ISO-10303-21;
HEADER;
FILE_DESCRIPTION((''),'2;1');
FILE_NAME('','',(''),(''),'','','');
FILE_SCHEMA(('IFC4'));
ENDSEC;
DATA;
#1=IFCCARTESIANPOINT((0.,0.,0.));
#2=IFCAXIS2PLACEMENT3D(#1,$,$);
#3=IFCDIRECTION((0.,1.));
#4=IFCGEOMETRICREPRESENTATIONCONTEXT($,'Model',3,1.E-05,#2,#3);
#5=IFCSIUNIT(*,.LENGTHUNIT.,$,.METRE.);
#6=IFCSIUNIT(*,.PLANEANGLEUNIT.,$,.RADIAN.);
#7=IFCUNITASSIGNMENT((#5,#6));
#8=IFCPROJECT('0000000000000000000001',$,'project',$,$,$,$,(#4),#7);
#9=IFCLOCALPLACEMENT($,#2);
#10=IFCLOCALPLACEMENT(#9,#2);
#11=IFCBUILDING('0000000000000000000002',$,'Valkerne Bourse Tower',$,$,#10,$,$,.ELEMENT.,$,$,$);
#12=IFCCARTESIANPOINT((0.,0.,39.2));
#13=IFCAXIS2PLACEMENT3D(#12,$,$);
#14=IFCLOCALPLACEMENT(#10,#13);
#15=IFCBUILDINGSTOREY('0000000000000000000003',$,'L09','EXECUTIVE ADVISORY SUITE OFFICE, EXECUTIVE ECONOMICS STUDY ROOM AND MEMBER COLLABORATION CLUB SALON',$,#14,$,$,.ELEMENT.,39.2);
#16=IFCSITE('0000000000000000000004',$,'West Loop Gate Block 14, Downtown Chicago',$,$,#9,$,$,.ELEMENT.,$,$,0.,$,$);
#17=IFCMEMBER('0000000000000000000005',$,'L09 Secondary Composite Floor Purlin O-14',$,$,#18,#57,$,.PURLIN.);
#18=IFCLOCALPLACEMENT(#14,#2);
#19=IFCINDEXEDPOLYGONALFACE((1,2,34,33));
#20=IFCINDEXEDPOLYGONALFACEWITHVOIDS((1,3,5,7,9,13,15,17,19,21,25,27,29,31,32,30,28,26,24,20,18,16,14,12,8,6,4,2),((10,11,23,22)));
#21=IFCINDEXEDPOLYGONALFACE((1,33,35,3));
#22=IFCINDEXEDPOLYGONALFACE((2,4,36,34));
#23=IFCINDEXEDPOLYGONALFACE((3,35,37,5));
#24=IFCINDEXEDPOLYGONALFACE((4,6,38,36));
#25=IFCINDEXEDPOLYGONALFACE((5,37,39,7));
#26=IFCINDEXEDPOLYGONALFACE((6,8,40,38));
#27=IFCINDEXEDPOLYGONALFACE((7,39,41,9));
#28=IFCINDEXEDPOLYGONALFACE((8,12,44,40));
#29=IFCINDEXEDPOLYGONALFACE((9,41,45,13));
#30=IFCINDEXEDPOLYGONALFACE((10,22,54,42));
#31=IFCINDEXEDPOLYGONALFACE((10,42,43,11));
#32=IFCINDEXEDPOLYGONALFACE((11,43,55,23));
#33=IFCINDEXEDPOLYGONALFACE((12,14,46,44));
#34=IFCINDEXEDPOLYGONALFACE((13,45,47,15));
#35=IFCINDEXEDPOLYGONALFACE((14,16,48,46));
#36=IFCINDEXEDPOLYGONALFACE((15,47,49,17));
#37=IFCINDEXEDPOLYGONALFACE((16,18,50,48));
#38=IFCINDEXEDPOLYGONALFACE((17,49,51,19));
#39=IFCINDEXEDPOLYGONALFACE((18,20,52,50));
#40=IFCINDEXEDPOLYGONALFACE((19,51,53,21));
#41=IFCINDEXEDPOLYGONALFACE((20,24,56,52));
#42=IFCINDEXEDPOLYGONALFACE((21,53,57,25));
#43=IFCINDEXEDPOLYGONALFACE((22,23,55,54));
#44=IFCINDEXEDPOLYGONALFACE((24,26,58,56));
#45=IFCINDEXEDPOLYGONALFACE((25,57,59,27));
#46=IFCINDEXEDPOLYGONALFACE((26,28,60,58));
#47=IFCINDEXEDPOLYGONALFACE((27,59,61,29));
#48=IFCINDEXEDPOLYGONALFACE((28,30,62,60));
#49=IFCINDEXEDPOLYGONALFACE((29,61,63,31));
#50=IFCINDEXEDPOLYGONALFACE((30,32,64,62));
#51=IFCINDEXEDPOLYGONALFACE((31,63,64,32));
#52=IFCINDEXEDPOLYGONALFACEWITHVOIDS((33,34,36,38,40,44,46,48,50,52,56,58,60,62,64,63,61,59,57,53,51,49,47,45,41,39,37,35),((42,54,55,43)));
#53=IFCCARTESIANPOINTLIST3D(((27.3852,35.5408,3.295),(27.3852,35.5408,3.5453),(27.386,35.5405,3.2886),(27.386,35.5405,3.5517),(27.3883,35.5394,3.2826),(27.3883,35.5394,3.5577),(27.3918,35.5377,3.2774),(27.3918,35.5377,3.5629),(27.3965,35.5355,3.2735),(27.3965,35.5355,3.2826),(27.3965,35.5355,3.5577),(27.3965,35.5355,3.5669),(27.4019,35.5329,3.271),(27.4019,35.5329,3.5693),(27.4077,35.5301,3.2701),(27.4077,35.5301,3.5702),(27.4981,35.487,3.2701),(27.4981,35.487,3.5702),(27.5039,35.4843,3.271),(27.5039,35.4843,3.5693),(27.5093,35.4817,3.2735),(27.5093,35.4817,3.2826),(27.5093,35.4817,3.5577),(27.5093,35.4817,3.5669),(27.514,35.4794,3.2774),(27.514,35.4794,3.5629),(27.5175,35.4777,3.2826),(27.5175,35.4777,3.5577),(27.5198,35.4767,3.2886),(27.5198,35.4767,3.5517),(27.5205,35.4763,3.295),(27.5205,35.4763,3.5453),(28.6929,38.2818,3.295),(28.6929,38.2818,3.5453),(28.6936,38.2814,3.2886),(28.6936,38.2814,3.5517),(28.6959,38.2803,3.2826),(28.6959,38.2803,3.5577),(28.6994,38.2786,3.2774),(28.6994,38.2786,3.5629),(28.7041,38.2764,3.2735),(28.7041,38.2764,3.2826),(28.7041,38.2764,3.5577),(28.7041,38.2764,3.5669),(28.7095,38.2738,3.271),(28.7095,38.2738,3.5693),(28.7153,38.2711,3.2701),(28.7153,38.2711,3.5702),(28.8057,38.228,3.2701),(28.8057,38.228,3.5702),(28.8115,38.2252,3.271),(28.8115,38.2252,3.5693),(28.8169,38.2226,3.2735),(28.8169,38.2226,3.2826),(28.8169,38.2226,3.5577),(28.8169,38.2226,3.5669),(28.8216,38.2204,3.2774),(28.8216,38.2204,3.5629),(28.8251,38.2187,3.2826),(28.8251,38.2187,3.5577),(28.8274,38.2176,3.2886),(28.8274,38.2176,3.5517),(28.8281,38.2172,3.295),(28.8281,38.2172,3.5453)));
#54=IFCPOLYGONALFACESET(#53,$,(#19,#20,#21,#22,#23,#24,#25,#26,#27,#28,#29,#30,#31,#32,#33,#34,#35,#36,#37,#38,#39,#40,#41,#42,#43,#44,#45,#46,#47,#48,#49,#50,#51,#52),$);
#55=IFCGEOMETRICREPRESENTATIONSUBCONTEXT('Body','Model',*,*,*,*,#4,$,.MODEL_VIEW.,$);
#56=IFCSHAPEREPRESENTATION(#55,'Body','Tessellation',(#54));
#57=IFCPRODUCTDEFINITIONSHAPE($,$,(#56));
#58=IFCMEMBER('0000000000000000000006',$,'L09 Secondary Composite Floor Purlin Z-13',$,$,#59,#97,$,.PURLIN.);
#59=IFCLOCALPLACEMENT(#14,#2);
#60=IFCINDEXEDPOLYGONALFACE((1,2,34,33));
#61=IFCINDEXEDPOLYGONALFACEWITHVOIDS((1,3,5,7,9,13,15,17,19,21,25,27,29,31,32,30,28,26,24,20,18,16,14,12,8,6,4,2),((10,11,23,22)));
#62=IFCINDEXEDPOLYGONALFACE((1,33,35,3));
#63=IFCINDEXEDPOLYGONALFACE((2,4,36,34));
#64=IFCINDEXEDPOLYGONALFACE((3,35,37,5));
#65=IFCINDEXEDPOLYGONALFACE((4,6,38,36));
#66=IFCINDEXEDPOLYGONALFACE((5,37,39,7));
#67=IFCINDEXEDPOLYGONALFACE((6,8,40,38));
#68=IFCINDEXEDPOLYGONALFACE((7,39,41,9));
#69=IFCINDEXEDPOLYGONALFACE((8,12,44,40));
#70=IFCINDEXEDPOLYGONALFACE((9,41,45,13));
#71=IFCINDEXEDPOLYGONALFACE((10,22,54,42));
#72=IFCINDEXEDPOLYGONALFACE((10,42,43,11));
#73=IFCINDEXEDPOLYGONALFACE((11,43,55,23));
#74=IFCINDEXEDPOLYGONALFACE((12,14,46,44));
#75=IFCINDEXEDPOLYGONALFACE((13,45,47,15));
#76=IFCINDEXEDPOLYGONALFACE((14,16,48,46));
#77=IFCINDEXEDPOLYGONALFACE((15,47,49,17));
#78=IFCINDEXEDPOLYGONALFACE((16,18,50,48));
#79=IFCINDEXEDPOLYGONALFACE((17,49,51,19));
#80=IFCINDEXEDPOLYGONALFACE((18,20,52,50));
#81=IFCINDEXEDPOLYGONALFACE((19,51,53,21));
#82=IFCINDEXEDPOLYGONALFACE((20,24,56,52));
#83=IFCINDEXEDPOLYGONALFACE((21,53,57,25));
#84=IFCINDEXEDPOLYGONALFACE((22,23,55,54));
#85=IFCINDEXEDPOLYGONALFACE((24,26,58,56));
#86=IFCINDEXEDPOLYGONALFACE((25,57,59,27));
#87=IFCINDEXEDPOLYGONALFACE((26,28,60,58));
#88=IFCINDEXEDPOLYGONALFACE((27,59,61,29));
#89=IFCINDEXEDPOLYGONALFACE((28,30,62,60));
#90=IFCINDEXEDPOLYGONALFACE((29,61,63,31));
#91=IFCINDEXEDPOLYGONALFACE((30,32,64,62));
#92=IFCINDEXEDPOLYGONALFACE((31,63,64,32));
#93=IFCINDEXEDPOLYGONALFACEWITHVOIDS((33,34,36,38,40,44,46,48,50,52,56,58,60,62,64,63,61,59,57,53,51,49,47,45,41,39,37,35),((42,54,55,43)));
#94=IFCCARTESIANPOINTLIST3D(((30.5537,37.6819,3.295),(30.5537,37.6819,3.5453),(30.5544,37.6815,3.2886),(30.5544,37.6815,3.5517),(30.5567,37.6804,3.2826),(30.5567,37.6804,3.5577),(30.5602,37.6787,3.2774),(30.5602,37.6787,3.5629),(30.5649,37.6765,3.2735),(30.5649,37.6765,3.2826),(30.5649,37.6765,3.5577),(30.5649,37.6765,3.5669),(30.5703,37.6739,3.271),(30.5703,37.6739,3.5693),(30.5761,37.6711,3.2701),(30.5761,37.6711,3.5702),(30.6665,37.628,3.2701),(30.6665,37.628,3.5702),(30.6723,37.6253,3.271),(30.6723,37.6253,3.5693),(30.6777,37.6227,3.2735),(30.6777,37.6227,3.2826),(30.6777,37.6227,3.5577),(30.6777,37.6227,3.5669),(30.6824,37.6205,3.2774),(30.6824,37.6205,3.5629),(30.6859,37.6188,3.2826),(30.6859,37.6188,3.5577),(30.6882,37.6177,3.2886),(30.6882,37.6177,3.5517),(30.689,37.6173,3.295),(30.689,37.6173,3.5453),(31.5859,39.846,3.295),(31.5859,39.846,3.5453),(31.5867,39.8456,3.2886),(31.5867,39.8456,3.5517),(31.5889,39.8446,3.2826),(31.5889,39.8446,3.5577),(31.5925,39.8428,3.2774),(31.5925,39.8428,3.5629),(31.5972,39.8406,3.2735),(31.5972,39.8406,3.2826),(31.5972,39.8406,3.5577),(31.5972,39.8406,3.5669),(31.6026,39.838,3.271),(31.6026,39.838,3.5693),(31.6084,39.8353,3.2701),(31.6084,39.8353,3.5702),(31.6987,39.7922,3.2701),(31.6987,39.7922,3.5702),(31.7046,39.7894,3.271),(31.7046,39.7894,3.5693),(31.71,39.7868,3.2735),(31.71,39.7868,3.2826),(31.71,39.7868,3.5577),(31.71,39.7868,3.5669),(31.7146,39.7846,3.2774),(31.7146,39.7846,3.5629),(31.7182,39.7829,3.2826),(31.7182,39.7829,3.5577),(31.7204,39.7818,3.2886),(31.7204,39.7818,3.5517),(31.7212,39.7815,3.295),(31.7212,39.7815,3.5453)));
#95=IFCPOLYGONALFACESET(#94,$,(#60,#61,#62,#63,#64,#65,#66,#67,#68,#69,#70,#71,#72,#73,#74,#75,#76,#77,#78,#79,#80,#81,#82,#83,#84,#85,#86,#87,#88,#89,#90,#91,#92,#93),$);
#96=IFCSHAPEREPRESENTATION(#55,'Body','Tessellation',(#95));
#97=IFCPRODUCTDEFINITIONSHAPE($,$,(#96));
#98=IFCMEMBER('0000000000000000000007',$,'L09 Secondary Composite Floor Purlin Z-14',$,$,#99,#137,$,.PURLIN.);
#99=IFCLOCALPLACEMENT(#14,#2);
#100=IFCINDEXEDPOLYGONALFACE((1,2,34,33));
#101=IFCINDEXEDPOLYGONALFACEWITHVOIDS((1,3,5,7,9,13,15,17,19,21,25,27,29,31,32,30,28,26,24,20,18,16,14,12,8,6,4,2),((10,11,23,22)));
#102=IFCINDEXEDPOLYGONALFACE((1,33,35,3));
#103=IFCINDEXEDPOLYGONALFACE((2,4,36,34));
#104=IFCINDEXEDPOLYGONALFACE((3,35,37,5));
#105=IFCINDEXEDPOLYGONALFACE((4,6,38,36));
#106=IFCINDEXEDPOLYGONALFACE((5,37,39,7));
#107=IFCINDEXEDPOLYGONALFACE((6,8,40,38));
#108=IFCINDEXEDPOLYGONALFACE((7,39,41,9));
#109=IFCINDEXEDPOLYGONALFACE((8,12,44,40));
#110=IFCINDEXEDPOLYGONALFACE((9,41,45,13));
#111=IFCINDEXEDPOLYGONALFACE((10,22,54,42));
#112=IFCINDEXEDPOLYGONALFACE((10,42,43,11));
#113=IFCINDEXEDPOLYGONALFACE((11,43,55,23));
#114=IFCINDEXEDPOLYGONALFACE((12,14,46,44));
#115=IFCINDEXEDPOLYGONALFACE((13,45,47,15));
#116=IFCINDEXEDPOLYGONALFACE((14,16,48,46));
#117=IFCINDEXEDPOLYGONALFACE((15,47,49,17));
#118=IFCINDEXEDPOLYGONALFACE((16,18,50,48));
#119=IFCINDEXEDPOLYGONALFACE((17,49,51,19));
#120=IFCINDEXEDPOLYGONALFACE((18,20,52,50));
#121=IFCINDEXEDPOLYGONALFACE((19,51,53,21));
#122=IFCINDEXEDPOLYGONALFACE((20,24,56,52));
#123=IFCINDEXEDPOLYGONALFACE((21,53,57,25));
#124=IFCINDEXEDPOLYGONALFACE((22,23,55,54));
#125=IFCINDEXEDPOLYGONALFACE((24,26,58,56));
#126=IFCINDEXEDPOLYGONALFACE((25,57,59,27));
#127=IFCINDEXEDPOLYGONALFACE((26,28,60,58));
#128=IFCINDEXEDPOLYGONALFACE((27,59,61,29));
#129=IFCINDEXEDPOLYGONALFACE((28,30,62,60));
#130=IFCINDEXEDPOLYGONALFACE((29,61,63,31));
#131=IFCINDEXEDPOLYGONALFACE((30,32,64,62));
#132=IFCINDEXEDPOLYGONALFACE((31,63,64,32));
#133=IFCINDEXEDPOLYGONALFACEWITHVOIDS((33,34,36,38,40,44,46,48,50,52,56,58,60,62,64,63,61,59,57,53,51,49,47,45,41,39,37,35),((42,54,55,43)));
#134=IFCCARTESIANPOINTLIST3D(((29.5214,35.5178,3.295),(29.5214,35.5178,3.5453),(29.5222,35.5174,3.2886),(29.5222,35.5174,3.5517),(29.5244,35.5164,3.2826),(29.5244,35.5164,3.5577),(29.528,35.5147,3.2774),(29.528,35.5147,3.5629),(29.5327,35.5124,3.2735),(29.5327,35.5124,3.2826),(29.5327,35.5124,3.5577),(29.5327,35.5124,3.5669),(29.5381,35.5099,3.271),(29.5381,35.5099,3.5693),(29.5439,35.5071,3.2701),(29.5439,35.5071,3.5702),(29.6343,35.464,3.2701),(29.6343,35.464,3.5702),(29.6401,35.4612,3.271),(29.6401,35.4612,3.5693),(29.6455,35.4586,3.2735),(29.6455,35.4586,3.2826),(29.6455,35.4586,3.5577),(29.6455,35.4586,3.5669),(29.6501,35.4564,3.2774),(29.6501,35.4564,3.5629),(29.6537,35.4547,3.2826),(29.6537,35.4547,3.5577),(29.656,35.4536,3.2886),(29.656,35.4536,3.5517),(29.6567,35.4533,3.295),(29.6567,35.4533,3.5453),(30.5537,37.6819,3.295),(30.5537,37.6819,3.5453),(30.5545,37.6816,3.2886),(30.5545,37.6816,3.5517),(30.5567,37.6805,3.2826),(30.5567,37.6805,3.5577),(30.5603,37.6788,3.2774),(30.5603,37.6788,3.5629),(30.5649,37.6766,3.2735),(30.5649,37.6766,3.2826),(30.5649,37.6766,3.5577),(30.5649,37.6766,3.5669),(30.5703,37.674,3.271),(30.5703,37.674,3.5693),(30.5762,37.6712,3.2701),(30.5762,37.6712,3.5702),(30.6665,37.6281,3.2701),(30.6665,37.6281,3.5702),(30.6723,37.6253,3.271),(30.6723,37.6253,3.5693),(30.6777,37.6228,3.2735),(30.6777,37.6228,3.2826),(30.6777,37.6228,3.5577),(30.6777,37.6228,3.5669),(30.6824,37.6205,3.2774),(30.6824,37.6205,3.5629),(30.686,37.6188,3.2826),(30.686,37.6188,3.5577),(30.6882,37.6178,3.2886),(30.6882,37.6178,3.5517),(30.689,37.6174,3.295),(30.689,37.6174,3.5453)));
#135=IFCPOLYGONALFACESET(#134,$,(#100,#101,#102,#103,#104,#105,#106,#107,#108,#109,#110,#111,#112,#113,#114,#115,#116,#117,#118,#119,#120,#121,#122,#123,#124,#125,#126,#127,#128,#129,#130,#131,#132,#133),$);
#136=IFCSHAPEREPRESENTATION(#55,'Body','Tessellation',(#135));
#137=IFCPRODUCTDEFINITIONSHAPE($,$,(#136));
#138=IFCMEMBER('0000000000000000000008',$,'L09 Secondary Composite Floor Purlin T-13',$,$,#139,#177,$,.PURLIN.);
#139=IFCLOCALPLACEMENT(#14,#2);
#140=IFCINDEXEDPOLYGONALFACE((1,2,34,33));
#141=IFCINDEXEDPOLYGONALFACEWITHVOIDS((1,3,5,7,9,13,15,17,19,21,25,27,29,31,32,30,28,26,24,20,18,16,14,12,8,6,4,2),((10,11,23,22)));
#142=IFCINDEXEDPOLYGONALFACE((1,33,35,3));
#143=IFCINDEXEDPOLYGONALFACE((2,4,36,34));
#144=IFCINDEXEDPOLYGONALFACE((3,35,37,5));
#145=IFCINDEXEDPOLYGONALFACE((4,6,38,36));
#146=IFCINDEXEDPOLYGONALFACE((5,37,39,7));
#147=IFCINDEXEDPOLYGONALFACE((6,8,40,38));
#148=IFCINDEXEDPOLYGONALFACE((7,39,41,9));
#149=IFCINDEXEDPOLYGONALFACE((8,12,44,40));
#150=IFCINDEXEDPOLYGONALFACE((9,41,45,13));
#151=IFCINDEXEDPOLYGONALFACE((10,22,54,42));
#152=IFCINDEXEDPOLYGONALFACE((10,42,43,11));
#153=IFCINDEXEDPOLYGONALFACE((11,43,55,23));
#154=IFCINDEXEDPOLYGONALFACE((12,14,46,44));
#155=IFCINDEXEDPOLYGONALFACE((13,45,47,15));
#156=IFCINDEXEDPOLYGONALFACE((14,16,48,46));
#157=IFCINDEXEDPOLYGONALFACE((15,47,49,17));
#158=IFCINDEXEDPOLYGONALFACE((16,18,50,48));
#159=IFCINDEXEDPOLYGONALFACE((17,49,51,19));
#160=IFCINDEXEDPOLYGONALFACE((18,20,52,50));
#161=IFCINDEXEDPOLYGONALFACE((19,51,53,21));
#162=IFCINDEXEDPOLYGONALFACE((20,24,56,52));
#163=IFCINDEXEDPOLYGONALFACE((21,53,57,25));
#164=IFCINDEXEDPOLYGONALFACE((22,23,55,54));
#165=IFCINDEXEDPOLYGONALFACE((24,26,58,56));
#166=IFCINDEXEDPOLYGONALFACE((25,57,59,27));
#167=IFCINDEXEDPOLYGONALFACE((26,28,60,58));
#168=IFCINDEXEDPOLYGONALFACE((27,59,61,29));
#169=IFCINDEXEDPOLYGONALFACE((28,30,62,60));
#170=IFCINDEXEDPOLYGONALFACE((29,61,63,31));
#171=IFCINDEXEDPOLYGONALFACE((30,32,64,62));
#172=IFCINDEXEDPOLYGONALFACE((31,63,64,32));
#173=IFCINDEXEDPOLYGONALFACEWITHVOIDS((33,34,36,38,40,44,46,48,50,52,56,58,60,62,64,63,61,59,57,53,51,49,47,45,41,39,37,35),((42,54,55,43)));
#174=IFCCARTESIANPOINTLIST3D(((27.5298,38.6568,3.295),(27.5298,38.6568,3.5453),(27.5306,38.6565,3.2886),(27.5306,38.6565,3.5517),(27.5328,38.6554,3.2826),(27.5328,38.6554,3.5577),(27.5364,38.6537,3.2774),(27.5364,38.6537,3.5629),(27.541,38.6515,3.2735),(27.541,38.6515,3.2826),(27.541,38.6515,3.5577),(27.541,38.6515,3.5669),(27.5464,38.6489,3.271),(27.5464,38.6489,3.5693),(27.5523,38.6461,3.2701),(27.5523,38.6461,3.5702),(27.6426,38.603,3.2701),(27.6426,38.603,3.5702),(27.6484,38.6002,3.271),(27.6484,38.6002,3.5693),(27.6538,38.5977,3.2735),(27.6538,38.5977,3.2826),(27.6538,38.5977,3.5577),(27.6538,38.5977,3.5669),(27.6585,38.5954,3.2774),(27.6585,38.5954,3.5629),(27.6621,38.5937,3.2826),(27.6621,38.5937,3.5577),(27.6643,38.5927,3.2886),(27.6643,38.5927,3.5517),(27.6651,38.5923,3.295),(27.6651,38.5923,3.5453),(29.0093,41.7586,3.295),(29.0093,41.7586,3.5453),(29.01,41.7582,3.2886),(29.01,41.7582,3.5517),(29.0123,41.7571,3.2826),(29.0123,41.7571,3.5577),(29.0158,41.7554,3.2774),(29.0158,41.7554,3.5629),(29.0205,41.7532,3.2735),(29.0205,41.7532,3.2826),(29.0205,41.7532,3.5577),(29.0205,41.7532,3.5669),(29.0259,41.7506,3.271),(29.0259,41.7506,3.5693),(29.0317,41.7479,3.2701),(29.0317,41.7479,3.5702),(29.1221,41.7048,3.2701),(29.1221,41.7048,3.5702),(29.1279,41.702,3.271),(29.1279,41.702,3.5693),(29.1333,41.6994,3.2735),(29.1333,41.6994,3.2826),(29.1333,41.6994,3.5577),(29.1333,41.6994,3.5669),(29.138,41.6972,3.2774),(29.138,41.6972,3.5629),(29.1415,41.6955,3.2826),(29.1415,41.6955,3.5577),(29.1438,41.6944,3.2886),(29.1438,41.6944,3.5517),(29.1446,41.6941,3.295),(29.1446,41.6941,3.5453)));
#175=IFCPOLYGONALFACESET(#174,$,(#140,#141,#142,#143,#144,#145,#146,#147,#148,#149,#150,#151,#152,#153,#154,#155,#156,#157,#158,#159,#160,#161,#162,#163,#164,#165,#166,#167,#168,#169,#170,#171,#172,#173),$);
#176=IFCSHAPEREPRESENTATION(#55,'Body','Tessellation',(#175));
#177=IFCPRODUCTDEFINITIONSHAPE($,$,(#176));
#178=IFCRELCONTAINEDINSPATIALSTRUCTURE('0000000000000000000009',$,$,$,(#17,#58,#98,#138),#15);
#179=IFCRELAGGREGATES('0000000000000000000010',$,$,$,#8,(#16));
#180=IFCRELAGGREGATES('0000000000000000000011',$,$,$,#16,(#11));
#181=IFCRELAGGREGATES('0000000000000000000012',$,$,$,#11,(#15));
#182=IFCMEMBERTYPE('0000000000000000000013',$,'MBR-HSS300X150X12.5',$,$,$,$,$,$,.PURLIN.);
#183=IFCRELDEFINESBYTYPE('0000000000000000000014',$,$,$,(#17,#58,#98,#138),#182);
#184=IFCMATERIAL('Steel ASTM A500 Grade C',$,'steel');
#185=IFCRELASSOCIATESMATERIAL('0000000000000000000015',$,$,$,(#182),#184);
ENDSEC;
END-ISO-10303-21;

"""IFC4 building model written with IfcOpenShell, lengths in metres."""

from ifc_helpers import new_model, si_unit, direction, frame, origin, origin_2d, place, context, subcontext, project, spatial, hollow_rectangle, extrude, material, material_profile, profile_set, type_object, element, save


model = new_model("IFC4")

# Units and contexts
model_context = context("Model", 3, precision=1e-05, world=origin(), true_north=direction((0.0, 1.0)))
body_context = subcontext(model_context, "Body", "Model", "MODEL_VIEW")
ifc_project = project(units=[si_unit("LENGTHUNIT", "METRE"), si_unit("PLANEANGLEUNIT", "RADIAN")], contexts=[model_context])

# Site, building, storey
site_placement = place(None, origin())
site = spatial("IfcSite", under=ifc_project, at=site_placement, Name="West Loop Gate Block 14, Downtown Chicago", CompositionType="ELEMENT", RefElevation=0.0)
building_placement = place(site_placement, origin())
building = spatial("IfcBuilding", under=site, at=building_placement, Name="Valkerne Bourse Tower", CompositionType="ELEMENT")
storey_placement = place(building_placement, frame((0.0, 0.0, 39.2)))
storey = spatial("IfcBuildingStorey", under=building, at=storey_placement, Name="L09", Description="EXECUTIVE ADVISORY SUITE OFFICE, EXECUTIVE ECONOMICS STUDY ROOM AND MEMBER COLLABORATION CLUB SALON", CompositionType="ELEMENT", Elevation=39.2)

# Members
ifc_material_1 = material(Name="Steel ASTM A500 Grade C", Category="steel")
ifc_material_profile_1 = material_profile(ifc_material_1, hollow_rectangle(XDim=0.1499, YDim=0.3, WallThickness=0.0125, OuterFilletRadius=0.0249, at=origin_2d()), Name="HSS300X150X12.5")
ifc_profile_set_1 = profile_set([ifc_material_profile_1], Name="Steel ASTM A500 Grade C")
member_type_1 = type_object("IfcMemberType", Name="MBR-HSS300X150X12.5", PredefinedType="PURLIN", material=ifc_profile_set_1)
member_1_placement = place(storey_placement, frame((28.7605, 38.2495, 3.4202), z_axis=(-0.430576, -0.902554, 0.0), x_axis=(0.902554, -0.430576, 0.0)))
element("IfcMember", 1, at=member_1_placement, inside=storey, type_object=member_type_1, Name="L09 Secondary Composite Floor Purlin O-14", PredefinedType="PURLIN", context=body_context, shape_type="SweptSolid", body=[
    extrude(hollow_rectangle(XDim=0.1499, YDim=0.3, WallThickness=0.0125, OuterFilletRadius=0.0249, at=origin_2d()), origin(), (0.0, 0.0, 1.0), 3.0369),
])
for number, where, z_axis, x_axis, name in (
    (2, (31.6536, 39.8137, 3.4202), (-0.430518, -0.902582, 0.0), (0.902582, -0.430518, 0.0), "L09 Secondary Composite Floor Purlin Z-13"),
    (3, (30.6213, 37.6497, 3.4202), (-0.430518, -0.902582, 0.0), (0.902582, -0.430518, 0.0), "L09 Secondary Composite Floor Purlin Z-14"),
):
    element("IfcMember", number, at=place(storey_placement, frame(where, z_axis=z_axis, x_axis=x_axis)), inside=storey, type_object=member_type_1, Name=name, PredefinedType="PURLIN", context=body_context, shape_type="SweptSolid", body=[
        extrude(hollow_rectangle(XDim=0.1499, YDim=0.3, WallThickness=0.0125, OuterFilletRadius=0.0249, at=origin_2d()), origin(), (0.0, 0.0, 1.0), 2.3977),
    ])
for number, where, z_axis, x_axis, name in (
    (4, (29.0769, 41.7263, 3.4202), (-0.430513, -0.902585, 0.0), (0.902585, -0.430513, 0.0), "L09 Secondary Composite Floor Purlin T-13"),
):
    element("IfcMember", number, at=place(storey_placement, frame(where, z_axis=z_axis, x_axis=x_axis)), inside=storey, type_object=member_type_1, Name=name, PredefinedType="PURLIN", context=body_context, shape_type="SweptSolid", body=[
        extrude(hollow_rectangle(XDim=0.1499, YDim=0.3, WallThickness=0.0125, OuterFilletRadius=0.0249, at=origin_2d()), origin(), (0.0, 0.0, 1.0), 3.4365),
    ])

save(model, "model.ifc")
